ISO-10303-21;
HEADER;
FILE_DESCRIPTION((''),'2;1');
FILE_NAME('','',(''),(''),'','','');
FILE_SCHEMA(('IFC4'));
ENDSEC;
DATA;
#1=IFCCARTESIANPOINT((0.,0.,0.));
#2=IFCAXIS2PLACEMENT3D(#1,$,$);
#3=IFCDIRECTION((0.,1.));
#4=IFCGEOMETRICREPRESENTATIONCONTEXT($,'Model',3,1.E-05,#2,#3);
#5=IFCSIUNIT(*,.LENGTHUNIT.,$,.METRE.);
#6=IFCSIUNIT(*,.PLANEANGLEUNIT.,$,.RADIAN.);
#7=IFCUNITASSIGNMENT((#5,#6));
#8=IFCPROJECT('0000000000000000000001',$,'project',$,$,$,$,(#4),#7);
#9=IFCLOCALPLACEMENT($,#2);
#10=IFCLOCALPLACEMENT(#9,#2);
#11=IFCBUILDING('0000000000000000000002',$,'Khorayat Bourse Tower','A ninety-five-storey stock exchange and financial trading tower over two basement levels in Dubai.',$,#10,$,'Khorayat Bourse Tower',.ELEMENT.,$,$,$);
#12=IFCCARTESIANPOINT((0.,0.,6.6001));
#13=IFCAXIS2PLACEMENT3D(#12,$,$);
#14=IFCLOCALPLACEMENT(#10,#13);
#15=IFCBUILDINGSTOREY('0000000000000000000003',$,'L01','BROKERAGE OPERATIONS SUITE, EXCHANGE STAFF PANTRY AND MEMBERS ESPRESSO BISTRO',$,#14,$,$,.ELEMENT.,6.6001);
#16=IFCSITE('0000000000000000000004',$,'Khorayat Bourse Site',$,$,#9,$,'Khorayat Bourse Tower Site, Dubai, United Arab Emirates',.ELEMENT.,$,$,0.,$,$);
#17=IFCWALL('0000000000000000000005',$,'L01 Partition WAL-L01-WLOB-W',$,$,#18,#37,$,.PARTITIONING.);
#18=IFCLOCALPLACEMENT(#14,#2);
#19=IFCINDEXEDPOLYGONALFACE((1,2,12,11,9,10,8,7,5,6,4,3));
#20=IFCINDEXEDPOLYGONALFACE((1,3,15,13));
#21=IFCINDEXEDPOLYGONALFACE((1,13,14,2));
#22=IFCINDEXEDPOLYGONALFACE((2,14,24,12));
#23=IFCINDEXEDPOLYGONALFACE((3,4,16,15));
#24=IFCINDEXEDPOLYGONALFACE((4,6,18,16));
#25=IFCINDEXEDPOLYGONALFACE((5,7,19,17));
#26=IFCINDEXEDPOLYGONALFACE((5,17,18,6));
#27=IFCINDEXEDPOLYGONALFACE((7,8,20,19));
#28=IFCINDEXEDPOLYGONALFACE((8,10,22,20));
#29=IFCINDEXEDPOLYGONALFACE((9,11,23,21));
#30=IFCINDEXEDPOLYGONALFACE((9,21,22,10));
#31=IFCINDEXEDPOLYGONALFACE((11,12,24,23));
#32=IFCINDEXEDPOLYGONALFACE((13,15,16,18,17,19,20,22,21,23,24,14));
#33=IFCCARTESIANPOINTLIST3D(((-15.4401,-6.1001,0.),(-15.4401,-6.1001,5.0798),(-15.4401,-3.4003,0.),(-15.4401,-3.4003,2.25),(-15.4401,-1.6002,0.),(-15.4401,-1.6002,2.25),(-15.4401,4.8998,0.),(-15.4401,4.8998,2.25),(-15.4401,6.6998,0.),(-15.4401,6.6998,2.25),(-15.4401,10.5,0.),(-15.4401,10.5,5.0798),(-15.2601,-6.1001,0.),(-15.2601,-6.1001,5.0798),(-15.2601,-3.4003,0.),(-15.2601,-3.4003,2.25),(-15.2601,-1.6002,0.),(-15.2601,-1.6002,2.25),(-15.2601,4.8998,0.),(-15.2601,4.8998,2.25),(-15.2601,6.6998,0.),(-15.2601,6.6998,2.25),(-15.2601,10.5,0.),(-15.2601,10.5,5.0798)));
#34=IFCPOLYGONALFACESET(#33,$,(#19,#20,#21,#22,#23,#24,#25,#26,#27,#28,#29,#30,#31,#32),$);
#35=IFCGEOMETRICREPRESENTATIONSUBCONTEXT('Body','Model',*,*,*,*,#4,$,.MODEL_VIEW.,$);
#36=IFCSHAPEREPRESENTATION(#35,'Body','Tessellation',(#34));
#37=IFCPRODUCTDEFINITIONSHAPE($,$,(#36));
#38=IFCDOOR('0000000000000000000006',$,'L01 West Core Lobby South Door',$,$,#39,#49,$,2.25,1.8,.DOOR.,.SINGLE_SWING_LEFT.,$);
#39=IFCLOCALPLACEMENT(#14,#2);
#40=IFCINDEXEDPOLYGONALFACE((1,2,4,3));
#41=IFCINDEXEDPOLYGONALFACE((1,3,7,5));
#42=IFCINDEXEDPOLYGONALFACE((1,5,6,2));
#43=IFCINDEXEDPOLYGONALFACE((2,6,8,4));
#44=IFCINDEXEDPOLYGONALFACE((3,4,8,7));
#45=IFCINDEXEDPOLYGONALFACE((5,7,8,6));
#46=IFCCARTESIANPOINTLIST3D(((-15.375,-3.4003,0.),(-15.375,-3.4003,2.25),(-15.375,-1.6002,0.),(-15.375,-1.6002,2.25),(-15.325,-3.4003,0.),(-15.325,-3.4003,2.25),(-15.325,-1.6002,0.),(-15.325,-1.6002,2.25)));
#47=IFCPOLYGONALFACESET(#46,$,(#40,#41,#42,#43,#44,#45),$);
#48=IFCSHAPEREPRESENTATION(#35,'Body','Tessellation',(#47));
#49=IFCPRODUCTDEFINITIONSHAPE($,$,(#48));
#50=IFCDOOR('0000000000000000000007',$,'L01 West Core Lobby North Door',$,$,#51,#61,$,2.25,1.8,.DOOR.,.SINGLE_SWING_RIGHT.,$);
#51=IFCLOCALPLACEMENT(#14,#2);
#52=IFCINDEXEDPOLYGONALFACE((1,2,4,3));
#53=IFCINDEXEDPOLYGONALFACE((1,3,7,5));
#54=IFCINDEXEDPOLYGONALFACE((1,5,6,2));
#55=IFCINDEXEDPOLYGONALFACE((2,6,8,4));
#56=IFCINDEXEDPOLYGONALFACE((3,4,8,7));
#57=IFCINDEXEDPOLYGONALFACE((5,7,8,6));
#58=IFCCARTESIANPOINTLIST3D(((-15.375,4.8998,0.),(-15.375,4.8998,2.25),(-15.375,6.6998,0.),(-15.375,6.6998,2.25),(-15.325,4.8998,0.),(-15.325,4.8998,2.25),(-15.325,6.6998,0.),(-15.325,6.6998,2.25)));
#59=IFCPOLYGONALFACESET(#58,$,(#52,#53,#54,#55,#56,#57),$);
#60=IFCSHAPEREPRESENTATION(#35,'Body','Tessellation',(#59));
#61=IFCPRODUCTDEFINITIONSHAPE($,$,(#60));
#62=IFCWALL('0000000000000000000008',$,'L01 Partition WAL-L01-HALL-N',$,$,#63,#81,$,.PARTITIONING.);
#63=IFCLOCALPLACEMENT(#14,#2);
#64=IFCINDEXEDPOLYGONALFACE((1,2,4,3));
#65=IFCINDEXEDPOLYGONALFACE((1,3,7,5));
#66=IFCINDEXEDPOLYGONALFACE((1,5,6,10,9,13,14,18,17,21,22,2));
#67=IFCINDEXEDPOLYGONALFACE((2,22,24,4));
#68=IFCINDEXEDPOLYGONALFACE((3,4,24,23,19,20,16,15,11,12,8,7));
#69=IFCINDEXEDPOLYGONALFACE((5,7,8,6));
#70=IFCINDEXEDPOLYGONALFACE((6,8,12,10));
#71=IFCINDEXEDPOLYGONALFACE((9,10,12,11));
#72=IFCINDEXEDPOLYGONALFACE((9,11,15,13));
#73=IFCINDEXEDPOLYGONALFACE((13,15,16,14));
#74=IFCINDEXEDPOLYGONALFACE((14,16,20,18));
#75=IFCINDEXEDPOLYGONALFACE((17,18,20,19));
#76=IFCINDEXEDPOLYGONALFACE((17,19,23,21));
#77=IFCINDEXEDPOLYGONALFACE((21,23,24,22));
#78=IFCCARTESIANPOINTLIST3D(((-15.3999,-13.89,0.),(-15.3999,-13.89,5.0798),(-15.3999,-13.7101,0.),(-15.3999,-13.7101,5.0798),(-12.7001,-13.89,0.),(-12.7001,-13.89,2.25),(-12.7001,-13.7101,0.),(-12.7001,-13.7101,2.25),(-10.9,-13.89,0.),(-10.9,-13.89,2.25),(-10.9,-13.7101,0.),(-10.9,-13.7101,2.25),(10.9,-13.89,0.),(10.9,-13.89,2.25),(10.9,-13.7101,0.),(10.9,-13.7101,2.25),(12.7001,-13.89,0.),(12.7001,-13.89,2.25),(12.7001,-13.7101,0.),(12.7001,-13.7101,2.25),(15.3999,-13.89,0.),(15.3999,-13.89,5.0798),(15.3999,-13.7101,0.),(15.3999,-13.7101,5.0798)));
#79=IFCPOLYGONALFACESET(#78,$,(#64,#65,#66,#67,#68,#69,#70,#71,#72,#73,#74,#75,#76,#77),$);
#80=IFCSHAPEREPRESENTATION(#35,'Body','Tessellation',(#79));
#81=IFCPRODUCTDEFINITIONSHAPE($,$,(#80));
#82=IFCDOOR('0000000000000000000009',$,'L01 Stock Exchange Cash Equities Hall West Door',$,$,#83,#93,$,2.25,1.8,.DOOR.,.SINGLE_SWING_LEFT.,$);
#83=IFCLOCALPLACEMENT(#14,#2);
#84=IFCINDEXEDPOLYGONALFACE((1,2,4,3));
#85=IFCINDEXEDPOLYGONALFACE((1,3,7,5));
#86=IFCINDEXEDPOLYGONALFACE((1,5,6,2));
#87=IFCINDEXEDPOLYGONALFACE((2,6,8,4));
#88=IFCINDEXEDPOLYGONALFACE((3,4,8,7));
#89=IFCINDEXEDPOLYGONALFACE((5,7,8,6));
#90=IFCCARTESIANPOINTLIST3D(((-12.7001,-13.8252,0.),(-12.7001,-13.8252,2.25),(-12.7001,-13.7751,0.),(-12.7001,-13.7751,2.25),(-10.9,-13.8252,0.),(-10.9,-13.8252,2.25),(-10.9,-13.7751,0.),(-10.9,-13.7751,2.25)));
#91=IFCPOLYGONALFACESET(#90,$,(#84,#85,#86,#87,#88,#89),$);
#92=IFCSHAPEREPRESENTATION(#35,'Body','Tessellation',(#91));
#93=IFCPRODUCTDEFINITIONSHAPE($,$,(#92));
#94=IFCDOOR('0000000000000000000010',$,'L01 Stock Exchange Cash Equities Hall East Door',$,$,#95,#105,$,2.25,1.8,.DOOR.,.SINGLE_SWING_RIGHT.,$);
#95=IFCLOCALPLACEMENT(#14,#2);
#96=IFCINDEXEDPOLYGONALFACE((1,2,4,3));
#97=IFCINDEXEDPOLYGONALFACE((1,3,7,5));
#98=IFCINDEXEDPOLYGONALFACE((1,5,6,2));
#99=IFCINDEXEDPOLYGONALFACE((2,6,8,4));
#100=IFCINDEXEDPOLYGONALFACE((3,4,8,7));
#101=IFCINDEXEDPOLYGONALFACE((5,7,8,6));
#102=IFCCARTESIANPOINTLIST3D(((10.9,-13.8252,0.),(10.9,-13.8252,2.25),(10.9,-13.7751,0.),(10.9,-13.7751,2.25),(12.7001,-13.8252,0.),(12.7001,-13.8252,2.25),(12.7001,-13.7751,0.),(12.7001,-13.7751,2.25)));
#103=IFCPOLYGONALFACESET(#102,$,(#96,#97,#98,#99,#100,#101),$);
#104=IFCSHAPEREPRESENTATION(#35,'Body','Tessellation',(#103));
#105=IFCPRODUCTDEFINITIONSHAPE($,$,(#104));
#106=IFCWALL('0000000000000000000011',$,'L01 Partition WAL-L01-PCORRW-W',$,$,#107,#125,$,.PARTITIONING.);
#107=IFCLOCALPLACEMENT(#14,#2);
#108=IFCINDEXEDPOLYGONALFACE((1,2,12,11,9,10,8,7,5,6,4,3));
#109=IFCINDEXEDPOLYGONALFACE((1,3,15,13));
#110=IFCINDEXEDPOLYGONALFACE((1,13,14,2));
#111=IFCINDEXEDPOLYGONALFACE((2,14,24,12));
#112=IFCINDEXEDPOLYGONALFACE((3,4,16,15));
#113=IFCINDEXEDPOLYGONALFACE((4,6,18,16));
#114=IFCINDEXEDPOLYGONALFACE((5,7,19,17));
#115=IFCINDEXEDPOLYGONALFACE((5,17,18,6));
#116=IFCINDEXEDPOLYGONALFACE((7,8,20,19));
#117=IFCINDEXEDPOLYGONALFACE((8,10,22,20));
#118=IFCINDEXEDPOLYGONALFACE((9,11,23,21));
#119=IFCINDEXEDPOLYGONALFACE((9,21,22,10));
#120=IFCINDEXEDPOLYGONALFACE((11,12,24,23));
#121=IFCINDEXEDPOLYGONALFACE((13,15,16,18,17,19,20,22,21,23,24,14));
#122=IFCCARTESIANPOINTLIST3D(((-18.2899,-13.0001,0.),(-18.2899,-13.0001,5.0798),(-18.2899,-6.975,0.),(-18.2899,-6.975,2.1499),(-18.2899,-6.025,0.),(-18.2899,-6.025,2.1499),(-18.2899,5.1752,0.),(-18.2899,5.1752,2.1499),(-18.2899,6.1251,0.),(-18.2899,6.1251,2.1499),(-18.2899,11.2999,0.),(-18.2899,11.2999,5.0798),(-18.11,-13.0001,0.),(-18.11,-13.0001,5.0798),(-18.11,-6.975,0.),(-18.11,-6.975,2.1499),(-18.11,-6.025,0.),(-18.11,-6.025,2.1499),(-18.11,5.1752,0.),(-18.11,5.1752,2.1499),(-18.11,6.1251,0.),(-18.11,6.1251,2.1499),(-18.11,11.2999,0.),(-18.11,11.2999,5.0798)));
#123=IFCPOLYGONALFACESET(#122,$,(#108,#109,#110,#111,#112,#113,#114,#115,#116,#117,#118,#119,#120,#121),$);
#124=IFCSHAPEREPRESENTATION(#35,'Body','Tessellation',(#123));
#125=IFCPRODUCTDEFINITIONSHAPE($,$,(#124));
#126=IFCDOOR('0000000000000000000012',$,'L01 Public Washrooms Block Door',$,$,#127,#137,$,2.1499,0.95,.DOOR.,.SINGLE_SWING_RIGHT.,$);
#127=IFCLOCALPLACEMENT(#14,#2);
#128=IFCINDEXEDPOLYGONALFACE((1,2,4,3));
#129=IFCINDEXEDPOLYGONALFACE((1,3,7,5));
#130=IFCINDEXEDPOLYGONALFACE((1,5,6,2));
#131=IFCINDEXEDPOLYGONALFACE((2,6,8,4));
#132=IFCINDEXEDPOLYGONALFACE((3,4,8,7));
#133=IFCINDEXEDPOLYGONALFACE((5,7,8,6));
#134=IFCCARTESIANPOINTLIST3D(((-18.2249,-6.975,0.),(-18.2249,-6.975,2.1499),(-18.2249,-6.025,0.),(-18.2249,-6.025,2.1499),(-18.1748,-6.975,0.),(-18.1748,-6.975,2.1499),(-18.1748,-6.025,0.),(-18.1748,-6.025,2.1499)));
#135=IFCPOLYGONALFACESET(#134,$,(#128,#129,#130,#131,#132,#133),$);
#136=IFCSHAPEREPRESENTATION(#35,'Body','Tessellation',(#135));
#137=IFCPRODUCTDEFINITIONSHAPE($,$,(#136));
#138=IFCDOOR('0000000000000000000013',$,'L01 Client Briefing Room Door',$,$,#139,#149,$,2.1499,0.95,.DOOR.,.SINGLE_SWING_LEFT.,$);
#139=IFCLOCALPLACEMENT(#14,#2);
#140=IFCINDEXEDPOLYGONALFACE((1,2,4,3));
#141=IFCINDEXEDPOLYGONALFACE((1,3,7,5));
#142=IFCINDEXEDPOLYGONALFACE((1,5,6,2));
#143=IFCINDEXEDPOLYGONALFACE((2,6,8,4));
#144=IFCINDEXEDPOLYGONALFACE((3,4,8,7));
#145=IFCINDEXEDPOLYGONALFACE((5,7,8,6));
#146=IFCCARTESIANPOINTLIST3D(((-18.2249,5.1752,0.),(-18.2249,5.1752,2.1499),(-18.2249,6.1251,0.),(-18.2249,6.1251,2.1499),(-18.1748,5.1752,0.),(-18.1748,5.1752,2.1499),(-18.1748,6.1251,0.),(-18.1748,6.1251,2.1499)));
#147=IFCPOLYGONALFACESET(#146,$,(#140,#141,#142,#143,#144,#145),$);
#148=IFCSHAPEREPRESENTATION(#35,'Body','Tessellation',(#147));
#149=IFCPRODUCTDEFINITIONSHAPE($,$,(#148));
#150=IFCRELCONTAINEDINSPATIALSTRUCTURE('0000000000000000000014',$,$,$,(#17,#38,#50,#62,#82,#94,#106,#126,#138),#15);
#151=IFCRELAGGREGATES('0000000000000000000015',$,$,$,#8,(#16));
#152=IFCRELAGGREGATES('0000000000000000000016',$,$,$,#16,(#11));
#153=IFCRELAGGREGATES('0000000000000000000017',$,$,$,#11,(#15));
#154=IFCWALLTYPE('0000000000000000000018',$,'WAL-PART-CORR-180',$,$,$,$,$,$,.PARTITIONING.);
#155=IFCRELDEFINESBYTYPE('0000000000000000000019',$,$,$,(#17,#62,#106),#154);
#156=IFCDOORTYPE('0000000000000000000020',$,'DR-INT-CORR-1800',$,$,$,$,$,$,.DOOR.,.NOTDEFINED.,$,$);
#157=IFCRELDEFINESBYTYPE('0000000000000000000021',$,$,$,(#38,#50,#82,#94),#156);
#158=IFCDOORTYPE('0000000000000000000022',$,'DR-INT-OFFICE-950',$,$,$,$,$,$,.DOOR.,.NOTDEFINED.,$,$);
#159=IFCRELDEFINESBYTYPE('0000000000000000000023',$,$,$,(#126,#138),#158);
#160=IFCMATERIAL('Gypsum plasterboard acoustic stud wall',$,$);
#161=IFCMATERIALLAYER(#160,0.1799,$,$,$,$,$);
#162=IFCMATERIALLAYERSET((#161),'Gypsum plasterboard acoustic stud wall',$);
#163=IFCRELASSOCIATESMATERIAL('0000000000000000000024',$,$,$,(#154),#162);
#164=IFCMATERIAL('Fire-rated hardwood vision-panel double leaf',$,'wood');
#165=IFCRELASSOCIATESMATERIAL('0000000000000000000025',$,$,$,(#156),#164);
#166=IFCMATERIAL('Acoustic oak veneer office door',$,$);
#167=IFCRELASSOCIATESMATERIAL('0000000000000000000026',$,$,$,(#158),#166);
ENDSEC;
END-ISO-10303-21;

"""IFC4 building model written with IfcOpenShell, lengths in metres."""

from ifc_helpers import new_model, si_unit, direction, frame, frame_2d, origin, place, context, subcontext, project, spatial, rectangle, extrude, source, transform, mapped, material, layer, layer_set, type_object, element, fill, save


model = new_model("IFC4")

# Units and contexts
model_context = context("Model", 3, precision=1e-05, world=origin(), true_north=direction((0.0, 1.0)))
body_context = subcontext(model_context, "Body", "Model", "MODEL_VIEW")
ifc_project = project(units=[si_unit("LENGTHUNIT", "METRE"), si_unit("PLANEANGLEUNIT", "RADIAN")], contexts=[model_context])

# Site, building, storey
site_placement = place(None, origin())
site = spatial("IfcSite", under=ifc_project, at=site_placement, Name="Khorayat Bourse Site", LongName="Khorayat Bourse Tower Site, Dubai, United Arab Emirates", CompositionType="ELEMENT", RefElevation=0.0)
building_placement = place(site_placement, origin())
building = spatial("IfcBuilding", under=site, at=building_placement, Name="Khorayat Bourse Tower", Description="A ninety-five-storey stock exchange and financial trading tower over two basement levels in Dubai.", LongName="Khorayat Bourse Tower", CompositionType="ELEMENT")
storey_placement = place(building_placement, frame((0.0, 0.0, 6.6001)))
storey = spatial("IfcBuildingStorey", under=building, at=storey_placement, Name="L01", Description="BROKERAGE OPERATIONS SUITE, EXCHANGE STAFF PANTRY AND MEMBERS ESPRESSO BISTRO", CompositionType="ELEMENT", Elevation=6.6001)

# Walls, openings, doors
ifc_material_1 = material(Name="Gypsum plasterboard acoustic stud wall")
ifc_layer_1 = layer(ifc_material_1, 0.1799)
ifc_layer_set_1 = layer_set([ifc_layer_1], Name="Gypsum plasterboard acoustic stud wall")
wall_type_1 = type_object("IfcWallType", Name="WAL-PART-CORR-180", PredefinedType="PARTITIONING", material=ifc_layer_set_1)
shared_shape_1 = source(origin(), body_context, "Body", "SweptSolid", [
    extrude(rectangle(XDim=16.6001, YDim=0.1799, at=frame_2d((8.3, 0.0))), origin(), (0.0, 0.0, 1.0), 5.0798),
])
wall_1_placement = place(storey_placement, frame((-15.3501, -6.1001, 0.0), z_axis=(0.0, 0.0, 1.0), x_axis=(0.0, 1.0, 0.0)))
wall_1 = element("IfcWall", 1, at=wall_1_placement, inside=storey, type_object=wall_type_1, Name="L01 Partition WAL-L01-WLOB-W", PredefinedType="PARTITIONING", context=body_context, shape_type="MappedRepresentation", body=[
    mapped(shared_shape_1, transform((0.0, 0.0, 0.0), scale=1.0)),
])
shared_shape_2 = source(origin(), body_context, "Body", "SweptSolid", [
    extrude(rectangle(XDim=1.8, YDim=2.25, at=frame_2d((0.8999, 1.125))), frame((0.0, 0.0999, 0.0), z_axis=(0.0, -1.0, 0.0), x_axis=(1.0, 0.0, 0.0)), (0.0, 0.0, 1.0), 0.2),
])
opening_1_placement = place(wall_1_placement, frame((2.7, 0.0, 0.0)))
opening_1 = element("IfcOpeningElement", 2, at=opening_1_placement, cuts=wall_1, PredefinedType="OPENING", context=body_context, shape_type="MappedRepresentation", body=[
    mapped(shared_shape_2, transform((0.0, 0.0, 0.0), scale=1.0)),
])
opening_2_placement = place(wall_1_placement, frame((11.0, 0.0, 0.0)))
opening_2 = element("IfcOpeningElement", 3, at=opening_2_placement, cuts=wall_1, PredefinedType="OPENING", context=body_context, shape_type="MappedRepresentation", body=[
    mapped(shared_shape_2, transform((0.0, 0.0, 0.0), scale=1.0)),
])
ifc_material_2 = material(Name="Fire-rated hardwood vision-panel double leaf", Category="wood")
door_type_1 = type_object("IfcDoorType", Name="DR-INT-CORR-1800", OperationType="NOTDEFINED", PredefinedType="DOOR", material=ifc_material_2)
shared_shape_3 = source(origin(), body_context, "Body", "SweptSolid", [
    extrude(rectangle(XDim=1.8, YDim=2.25, at=frame_2d((0.8999, 1.125))), frame((0.0, 0.0249, 0.0), z_axis=(0.0, -1.0, 0.0), x_axis=(1.0, 0.0, 0.0)), (0.0, 0.0, 1.0), 0.05),
])
door_1_placement = place(opening_1_placement, origin())
door_1 = element("IfcDoor", 4, at=door_1_placement, inside=storey, type_object=door_type_1, Name="L01 West Core Lobby South Door", OperationType="SINGLE_SWING_LEFT", OverallHeight=2.25, OverallWidth=1.8, PredefinedType="DOOR", context=body_context, shape_type="MappedRepresentation", body=[
    mapped(shared_shape_3, transform((0.0, 0.0, 0.0), scale=1.0)),
])
fill(opening_1, door_1)
door_2_placement = place(opening_2_placement, origin())
door_2 = element("IfcDoor", 5, at=door_2_placement, inside=storey, type_object=door_type_1, Name="L01 West Core Lobby North Door", OperationType="SINGLE_SWING_RIGHT", OverallHeight=2.25, OverallWidth=1.8, PredefinedType="DOOR", context=body_context, shape_type="MappedRepresentation", body=[
    mapped(shared_shape_3, transform((0.0, 0.0, 0.0), scale=1.0)),
])
fill(opening_2, door_2)
shared_shape_4 = source(origin(), body_context, "Body", "SweptSolid", [
    extrude(rectangle(XDim=30.7998, YDim=0.1799, at=frame_2d((15.3999, 0.0))), origin(), (0.0, 0.0, 1.0), 5.0798),
])
wall_2_placement = place(storey_placement, frame((-15.3999, -13.8, 0.0), z_axis=(0.0, 0.0, 1.0), x_axis=(1.0, 0.0, 0.0)))
wall_2 = element("IfcWall", 6, at=wall_2_placement, inside=storey, type_object=wall_type_1, Name="L01 Partition WAL-L01-HALL-N", PredefinedType="PARTITIONING", context=body_context, shape_type="MappedRepresentation", body=[
    mapped(shared_shape_4, transform((0.0, 0.0, 0.0), scale=1.0)),
])
opening_3_placement = place(wall_2_placement, frame((2.7, 0.0, 0.0)))
opening_3 = element("IfcOpeningElement", 7, at=opening_3_placement, cuts=wall_2, PredefinedType="OPENING", context=body_context, shape_type="MappedRepresentation", body=[
    mapped(shared_shape_2, transform((0.0, 0.0, 0.0), scale=1.0)),
])
opening_4_placement = place(wall_2_placement, frame((26.3, 0.0, 0.0)))
opening_4 = element("IfcOpeningElement", 8, at=opening_4_placement, cuts=wall_2, PredefinedType="OPENING", context=body_context, shape_type="MappedRepresentation", body=[
    mapped(shared_shape_2, transform((0.0, 0.0, 0.0), scale=1.0)),
])
door_3_placement = place(opening_3_placement, origin())
door_3 = element("IfcDoor", 9, at=door_3_placement, inside=storey, type_object=door_type_1, Name="L01 Stock Exchange Cash Equities Hall West Door", OperationType="SINGLE_SWING_LEFT", OverallHeight=2.25, OverallWidth=1.8, PredefinedType="DOOR", context=body_context, shape_type="MappedRepresentation", body=[
    mapped(shared_shape_3, transform((0.0, 0.0, 0.0), scale=1.0)),
])
fill(opening_3, door_3)
door_4_placement = place(opening_4_placement, origin())
door_4 = element("IfcDoor", 10, at=door_4_placement, inside=storey, type_object=door_type_1, Name="L01 Stock Exchange Cash Equities Hall East Door", OperationType="SINGLE_SWING_RIGHT", OverallHeight=2.25, OverallWidth=1.8, PredefinedType="DOOR", context=body_context, shape_type="MappedRepresentation", body=[
    mapped(shared_shape_3, transform((0.0, 0.0, 0.0), scale=1.0)),
])
fill(opening_4, door_4)
shared_shape_5 = source(origin(), body_context, "Body", "SweptSolid", [
    extrude(rectangle(XDim=24.3, YDim=0.1799, at=frame_2d((12.1499, 0.0))), origin(), (0.0, 0.0, 1.0), 5.0798),
])
wall_3_placement = place(storey_placement, frame((-18.2, -13.0, 0.0), z_axis=(0.0, 0.0, 1.0), x_axis=(0.0, 1.0, 0.0)))
wall_3 = element("IfcWall", 11, at=wall_3_placement, inside=storey, type_object=wall_type_1, Name="L01 Partition WAL-L01-PCORRW-W", PredefinedType="PARTITIONING", context=body_context, shape_type="MappedRepresentation", body=[
    mapped(shared_shape_5, transform((0.0, 0.0, 0.0), scale=1.0)),
])
shared_shape_6 = source(origin(), body_context, "Body", "SweptSolid", [
    extrude(rectangle(XDim=0.95, YDim=2.1499, at=frame_2d((0.4751, 1.075))), frame((0.0, 0.0999, 0.0), z_axis=(0.0, -1.0, 0.0), x_axis=(1.0, 0.0, 0.0)), (0.0, 0.0, 1.0), 0.2),
])
opening_5_placement = place(wall_3_placement, frame((6.0249, 0.0, 0.0)))
opening_5 = element("IfcOpeningElement", 12, at=opening_5_placement, cuts=wall_3, PredefinedType="OPENING", context=body_context, shape_type="MappedRepresentation", body=[
    mapped(shared_shape_6, transform((0.0, 0.0, 0.0), scale=1.0)),
])
opening_6_placement = place(wall_3_placement, frame((18.175, 0.0, 0.0)))
opening_6 = element("IfcOpeningElement", 13, at=opening_6_placement, cuts=wall_3, PredefinedType="OPENING", context=body_context, shape_type="MappedRepresentation", body=[
    mapped(shared_shape_6, transform((0.0, 0.0, 0.0), scale=1.0)),
])
ifc_material_3 = material(Name="Acoustic oak veneer office door")
door_type_2 = type_object("IfcDoorType", Name="DR-INT-OFFICE-950", OperationType="NOTDEFINED", PredefinedType="DOOR", material=ifc_material_3)
shared_shape_7 = source(origin(), body_context, "Body", "SweptSolid", [
    extrude(rectangle(XDim=0.95, YDim=2.1499, at=frame_2d((0.4751, 1.075))), frame((0.0, 0.0249, 0.0), z_axis=(0.0, -1.0, 0.0), x_axis=(1.0, 0.0, 0.0)), (0.0, 0.0, 1.0), 0.05),
])
door_5_placement = place(opening_5_placement, origin())
door_5 = element("IfcDoor", 14, at=door_5_placement, inside=storey, type_object=door_type_2, Name="L01 Public Washrooms Block Door", OperationType="SINGLE_SWING_RIGHT", OverallHeight=2.1499, OverallWidth=0.95, PredefinedType="DOOR", context=body_context, shape_type="MappedRepresentation", body=[
    mapped(shared_shape_7, transform((0.0, 0.0, 0.0), scale=1.0)),
])
fill(opening_5, door_5)
door_6_placement = place(opening_6_placement, origin())
door_6 = element("IfcDoor", 15, at=door_6_placement, inside=storey, type_object=door_type_2, Name="L01 Client Briefing Room Door", OperationType="SINGLE_SWING_LEFT", OverallHeight=2.1499, OverallWidth=0.95, PredefinedType="DOOR", context=body_context, shape_type="MappedRepresentation", body=[
    mapped(shared_shape_7, transform((0.0, 0.0, 0.0), scale=1.0)),
])
fill(opening_6, door_6)

save(model, "model.ifc")
